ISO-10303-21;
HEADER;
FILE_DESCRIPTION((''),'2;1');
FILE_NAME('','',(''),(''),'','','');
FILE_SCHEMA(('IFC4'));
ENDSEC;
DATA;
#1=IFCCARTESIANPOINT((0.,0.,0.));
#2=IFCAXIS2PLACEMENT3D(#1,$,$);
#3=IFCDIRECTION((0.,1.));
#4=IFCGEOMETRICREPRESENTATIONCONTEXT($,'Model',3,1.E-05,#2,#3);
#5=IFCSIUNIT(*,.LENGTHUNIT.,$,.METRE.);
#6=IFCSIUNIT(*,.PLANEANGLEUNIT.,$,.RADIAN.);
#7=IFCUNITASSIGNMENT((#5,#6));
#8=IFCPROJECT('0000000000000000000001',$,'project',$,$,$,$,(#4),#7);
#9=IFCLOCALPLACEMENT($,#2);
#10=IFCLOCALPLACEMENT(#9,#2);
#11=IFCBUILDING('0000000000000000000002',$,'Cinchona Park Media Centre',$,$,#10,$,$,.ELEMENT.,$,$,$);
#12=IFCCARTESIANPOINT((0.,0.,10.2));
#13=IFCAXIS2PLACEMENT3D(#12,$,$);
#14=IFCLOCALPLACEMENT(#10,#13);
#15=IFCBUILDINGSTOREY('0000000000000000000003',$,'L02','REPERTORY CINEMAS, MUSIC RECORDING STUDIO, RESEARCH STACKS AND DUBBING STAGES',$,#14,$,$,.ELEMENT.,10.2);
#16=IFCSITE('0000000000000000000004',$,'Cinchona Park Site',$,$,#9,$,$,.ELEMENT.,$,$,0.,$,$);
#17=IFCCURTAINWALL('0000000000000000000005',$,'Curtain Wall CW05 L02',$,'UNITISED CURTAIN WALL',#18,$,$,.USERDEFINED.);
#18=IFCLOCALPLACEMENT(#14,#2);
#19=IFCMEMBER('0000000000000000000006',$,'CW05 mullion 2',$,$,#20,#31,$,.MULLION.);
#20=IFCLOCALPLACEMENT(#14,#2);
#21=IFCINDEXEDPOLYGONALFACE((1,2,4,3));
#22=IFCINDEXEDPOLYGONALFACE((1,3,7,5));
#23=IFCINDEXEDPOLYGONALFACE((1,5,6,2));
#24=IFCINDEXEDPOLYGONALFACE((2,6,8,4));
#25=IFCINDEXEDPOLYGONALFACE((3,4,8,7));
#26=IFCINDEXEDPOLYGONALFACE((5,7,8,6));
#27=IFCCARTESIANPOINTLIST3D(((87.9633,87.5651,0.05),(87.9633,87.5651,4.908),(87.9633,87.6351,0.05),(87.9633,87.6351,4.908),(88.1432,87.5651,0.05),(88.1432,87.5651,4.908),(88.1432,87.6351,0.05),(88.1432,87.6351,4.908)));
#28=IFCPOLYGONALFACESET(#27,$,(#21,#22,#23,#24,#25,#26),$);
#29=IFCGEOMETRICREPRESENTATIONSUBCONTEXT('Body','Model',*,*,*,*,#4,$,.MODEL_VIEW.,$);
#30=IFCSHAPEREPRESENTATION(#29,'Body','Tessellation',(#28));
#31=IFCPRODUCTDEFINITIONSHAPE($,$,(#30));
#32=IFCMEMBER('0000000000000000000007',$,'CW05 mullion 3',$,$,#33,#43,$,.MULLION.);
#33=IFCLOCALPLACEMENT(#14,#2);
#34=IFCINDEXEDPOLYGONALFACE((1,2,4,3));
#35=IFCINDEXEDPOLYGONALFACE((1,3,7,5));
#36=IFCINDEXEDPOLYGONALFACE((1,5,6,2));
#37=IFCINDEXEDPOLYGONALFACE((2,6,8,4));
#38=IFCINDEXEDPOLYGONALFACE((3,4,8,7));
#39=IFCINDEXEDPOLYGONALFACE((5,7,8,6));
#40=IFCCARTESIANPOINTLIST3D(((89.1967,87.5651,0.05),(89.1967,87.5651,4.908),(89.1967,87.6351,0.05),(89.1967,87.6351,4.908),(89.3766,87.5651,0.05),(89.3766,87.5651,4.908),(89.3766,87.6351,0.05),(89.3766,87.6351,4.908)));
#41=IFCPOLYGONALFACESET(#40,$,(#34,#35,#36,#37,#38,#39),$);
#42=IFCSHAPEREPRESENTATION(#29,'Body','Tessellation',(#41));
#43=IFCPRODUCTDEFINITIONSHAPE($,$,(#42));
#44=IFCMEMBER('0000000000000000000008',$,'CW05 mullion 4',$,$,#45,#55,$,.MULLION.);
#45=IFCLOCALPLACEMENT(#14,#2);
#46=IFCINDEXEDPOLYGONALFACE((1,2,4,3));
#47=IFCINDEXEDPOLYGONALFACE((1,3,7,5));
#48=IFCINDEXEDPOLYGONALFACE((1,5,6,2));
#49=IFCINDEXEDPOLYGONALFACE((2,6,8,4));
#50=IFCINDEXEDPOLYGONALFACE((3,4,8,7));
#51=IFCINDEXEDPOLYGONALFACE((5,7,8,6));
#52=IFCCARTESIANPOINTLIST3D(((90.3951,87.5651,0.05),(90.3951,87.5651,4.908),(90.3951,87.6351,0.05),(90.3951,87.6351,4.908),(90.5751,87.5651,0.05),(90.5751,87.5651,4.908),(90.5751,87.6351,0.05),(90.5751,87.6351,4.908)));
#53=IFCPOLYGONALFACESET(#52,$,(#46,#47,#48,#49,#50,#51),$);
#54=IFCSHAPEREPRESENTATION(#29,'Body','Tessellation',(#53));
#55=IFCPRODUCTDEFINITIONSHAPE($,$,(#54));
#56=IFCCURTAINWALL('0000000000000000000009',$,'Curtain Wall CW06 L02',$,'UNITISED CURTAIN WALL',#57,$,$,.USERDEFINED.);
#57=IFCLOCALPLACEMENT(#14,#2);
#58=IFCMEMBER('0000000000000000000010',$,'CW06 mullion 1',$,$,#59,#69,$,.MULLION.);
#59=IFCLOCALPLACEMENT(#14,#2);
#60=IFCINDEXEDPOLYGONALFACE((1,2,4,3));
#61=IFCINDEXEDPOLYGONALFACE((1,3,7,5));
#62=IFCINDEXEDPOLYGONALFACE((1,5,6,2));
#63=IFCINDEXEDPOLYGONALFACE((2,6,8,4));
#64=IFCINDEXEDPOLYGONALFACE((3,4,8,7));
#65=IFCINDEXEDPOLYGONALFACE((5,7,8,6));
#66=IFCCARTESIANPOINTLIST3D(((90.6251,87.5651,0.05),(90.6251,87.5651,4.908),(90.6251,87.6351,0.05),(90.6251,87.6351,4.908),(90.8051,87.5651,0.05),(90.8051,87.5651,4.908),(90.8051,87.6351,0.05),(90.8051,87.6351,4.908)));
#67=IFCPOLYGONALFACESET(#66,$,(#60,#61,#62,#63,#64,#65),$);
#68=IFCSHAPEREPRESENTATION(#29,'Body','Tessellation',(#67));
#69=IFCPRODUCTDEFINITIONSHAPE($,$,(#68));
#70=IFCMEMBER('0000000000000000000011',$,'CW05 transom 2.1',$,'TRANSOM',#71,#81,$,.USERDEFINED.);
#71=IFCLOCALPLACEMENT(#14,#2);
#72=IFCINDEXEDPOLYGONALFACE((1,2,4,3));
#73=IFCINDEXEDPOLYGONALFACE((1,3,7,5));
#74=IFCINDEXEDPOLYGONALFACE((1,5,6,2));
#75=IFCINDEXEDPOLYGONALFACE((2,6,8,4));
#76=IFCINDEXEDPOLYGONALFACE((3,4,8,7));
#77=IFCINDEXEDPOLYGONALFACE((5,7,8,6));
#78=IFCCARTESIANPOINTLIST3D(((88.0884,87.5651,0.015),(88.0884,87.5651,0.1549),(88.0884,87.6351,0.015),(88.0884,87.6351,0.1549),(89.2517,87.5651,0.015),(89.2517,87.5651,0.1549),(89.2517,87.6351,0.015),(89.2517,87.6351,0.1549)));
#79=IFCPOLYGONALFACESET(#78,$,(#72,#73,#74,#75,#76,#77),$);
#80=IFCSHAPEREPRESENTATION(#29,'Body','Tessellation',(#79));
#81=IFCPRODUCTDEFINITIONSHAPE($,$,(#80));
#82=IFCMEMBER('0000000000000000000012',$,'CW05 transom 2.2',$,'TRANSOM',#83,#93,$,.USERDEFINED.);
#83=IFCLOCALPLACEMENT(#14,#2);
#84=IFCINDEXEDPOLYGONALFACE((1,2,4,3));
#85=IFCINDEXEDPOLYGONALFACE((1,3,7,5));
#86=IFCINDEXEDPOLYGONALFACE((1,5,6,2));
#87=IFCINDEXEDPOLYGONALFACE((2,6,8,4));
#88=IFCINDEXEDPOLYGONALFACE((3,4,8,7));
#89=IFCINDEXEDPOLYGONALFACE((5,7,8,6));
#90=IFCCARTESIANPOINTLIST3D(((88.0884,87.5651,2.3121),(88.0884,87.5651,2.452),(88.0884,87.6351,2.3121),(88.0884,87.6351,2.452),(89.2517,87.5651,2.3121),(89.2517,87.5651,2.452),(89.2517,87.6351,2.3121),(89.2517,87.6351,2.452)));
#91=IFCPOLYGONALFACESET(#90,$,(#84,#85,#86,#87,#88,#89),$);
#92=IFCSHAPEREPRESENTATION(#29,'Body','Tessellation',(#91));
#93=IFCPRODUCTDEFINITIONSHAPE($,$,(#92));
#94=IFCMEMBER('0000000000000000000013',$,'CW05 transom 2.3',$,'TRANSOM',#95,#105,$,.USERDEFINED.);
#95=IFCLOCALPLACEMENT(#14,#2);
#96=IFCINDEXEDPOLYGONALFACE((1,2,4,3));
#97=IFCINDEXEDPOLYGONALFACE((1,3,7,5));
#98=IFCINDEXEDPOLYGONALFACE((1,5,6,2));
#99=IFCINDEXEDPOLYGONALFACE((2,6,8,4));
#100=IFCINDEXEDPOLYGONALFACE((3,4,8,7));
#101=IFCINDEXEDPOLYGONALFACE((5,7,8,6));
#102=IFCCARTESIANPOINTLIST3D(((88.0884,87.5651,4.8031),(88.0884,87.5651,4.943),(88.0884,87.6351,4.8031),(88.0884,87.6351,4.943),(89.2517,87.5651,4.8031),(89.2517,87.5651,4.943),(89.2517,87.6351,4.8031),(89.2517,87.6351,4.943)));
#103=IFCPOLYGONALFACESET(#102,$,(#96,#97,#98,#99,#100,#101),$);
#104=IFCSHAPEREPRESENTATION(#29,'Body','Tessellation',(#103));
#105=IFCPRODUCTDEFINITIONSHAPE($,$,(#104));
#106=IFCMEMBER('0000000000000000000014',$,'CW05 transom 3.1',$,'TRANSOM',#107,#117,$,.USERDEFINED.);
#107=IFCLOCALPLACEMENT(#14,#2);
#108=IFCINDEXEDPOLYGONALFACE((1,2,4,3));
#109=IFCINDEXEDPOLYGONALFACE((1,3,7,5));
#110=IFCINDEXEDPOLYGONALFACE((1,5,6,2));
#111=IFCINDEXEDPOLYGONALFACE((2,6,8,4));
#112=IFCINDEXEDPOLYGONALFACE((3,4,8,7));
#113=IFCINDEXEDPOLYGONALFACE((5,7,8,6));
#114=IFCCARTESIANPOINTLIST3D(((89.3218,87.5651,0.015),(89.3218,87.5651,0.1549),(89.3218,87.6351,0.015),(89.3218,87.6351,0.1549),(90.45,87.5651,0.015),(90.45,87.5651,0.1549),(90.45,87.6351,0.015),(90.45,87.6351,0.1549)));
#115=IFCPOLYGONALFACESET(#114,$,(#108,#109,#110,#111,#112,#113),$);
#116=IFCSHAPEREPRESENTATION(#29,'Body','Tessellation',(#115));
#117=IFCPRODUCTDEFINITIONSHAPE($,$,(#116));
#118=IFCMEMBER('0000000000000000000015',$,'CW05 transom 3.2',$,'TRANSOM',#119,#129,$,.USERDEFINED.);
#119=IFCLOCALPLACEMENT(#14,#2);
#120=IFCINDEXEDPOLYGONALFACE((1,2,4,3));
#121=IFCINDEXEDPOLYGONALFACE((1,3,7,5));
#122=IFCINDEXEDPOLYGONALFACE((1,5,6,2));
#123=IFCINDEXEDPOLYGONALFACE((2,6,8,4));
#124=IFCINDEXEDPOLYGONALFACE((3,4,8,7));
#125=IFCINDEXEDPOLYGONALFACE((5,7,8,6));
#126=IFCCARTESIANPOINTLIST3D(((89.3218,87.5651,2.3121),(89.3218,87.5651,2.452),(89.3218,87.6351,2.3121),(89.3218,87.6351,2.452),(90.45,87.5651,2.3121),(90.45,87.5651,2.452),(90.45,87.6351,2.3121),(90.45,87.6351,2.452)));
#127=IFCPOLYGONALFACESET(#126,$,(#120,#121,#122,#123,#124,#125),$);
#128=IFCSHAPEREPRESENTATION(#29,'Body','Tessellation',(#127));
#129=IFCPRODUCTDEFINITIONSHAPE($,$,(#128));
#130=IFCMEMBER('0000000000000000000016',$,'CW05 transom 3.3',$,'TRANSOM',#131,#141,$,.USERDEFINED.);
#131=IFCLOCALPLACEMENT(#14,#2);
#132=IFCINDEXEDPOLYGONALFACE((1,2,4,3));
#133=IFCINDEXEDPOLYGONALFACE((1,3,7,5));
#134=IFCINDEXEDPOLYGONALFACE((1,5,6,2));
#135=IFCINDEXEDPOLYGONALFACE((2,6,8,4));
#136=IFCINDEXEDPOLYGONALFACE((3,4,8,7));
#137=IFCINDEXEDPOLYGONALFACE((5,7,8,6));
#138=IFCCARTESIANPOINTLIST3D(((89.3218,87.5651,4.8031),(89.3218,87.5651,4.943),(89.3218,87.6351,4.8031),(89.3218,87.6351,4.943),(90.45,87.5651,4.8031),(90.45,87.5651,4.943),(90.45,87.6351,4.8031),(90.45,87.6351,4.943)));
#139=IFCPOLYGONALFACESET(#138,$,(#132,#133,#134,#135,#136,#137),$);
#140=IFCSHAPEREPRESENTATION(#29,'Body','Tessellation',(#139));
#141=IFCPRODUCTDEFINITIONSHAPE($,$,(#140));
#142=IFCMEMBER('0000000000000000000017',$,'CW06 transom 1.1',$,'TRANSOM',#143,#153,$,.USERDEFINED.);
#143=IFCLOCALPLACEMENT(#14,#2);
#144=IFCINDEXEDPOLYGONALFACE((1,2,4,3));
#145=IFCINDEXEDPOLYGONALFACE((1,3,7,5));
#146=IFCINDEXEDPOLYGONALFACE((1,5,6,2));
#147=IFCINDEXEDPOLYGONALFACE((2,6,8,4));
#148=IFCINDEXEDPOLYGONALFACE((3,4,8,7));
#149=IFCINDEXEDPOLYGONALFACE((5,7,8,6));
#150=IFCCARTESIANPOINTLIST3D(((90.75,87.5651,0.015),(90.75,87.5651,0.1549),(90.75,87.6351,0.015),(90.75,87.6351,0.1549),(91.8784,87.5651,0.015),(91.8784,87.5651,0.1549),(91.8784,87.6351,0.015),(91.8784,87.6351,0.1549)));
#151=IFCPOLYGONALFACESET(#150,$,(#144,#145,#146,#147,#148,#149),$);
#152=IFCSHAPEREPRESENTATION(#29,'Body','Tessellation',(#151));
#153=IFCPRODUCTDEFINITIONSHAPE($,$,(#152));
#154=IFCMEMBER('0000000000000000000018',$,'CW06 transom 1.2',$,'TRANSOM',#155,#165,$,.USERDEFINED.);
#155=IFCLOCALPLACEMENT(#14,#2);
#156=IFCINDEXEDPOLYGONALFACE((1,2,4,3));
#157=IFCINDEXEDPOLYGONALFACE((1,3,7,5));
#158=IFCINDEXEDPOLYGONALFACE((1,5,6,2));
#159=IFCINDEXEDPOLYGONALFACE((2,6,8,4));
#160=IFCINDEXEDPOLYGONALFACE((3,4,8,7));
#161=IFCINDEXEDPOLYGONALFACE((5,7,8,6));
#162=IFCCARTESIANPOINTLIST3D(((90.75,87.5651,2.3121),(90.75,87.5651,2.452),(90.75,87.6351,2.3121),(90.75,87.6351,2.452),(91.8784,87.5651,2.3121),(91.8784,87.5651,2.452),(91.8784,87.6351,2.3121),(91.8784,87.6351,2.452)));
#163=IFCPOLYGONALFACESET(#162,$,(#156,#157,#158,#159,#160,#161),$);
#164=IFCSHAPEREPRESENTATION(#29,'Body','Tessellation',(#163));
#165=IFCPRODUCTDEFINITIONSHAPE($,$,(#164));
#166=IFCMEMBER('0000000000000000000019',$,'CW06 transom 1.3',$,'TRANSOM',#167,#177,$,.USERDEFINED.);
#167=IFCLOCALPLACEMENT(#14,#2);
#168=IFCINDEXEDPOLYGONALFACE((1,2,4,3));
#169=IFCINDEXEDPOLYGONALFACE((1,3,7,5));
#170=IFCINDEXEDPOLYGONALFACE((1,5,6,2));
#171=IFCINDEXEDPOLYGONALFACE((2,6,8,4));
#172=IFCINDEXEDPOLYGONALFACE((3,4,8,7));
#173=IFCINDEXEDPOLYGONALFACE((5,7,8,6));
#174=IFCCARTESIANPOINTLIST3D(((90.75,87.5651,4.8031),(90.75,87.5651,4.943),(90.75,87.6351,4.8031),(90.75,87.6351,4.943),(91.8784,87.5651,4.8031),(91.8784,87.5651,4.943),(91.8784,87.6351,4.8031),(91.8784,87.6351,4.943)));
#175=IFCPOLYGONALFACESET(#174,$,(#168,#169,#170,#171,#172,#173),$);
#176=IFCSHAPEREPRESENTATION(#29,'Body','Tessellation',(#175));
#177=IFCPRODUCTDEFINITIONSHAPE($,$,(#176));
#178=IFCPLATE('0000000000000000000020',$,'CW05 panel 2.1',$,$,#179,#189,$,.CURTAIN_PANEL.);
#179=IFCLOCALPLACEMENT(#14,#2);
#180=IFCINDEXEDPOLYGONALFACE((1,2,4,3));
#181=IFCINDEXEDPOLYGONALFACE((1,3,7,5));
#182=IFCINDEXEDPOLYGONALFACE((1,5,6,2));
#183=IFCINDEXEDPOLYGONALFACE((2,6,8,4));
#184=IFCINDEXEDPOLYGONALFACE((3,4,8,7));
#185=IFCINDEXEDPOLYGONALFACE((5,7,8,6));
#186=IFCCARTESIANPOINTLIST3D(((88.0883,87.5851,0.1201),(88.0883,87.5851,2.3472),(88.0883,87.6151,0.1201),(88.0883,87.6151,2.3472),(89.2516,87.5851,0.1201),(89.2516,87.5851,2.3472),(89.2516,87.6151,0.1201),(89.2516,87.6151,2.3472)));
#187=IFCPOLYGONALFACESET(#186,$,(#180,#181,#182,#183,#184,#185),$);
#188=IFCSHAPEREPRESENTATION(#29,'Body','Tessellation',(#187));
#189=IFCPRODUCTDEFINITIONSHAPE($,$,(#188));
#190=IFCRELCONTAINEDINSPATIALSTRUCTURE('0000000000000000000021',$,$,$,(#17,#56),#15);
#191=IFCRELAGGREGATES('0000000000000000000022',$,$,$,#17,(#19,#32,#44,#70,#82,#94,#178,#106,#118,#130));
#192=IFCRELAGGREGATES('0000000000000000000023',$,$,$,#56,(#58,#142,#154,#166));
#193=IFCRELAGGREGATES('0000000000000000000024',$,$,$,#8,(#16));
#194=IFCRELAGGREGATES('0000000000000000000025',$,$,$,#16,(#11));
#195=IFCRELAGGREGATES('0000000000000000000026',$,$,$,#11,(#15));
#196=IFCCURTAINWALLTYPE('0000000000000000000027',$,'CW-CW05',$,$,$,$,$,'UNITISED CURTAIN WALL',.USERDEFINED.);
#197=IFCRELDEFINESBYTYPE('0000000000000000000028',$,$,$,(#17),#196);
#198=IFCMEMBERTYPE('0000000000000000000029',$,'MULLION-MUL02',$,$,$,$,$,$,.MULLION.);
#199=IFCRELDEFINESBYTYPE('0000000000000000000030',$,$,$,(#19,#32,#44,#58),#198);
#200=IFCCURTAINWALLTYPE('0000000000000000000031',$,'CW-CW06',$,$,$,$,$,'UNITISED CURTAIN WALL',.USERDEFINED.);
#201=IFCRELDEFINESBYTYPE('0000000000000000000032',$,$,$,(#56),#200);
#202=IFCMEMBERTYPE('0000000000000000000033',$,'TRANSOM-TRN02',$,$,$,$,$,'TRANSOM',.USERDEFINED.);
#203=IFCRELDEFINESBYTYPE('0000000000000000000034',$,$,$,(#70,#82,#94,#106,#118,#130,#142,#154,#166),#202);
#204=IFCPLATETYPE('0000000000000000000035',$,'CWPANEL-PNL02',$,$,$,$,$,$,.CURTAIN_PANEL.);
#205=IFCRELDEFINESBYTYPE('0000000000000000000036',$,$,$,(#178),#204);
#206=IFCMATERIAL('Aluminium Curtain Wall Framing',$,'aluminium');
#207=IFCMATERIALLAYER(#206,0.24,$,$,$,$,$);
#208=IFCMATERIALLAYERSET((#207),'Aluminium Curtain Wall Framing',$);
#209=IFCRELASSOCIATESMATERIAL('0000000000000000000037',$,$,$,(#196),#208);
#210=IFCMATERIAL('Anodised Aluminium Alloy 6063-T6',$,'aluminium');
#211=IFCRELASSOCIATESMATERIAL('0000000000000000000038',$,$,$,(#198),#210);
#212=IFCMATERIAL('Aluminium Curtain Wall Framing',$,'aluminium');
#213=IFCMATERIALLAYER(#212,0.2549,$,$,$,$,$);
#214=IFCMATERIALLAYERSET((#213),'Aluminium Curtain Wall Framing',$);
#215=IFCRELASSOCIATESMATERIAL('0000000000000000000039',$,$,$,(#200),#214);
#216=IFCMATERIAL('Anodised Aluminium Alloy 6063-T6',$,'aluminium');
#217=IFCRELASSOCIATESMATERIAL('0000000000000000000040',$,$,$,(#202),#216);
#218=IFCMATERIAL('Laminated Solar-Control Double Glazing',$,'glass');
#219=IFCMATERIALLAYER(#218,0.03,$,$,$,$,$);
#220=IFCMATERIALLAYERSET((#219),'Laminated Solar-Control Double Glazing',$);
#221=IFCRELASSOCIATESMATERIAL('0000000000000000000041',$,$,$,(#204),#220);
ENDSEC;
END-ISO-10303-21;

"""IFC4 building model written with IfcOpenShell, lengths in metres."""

from ifc_helpers import new_model, si_unit, direction, frame, origin, origin_2d, place, context, subcontext, project, spatial, rectangle, extrude, material, layer, layer_set, material_profile, profile_set, type_object, element, aggregate, save


model = new_model("IFC4")

# Units and contexts
model_context = context("Model", 3, precision=1e-05, world=origin(), true_north=direction((0.0, 1.0)))
body_context = subcontext(model_context, "Body", "Model", "MODEL_VIEW")
ifc_project = project(units=[si_unit("LENGTHUNIT", "METRE"), si_unit("PLANEANGLEUNIT", "RADIAN")], contexts=[model_context])

# Site, building, storey
site_placement = place(None, origin())
site = spatial("IfcSite", under=ifc_project, at=site_placement, Name="Cinchona Park Site", CompositionType="ELEMENT", RefElevation=0.0)
building_placement = place(site_placement, origin())
building = spatial("IfcBuilding", under=site, at=building_placement, Name="Cinchona Park Media Centre", CompositionType="ELEMENT")
storey_placement = place(building_placement, frame((0.0, 0.0, 10.2)))
storey = spatial("IfcBuildingStorey", under=building, at=storey_placement, Name="L02", Description="REPERTORY CINEMAS, MUSIC RECORDING STUDIO, RESEARCH STACKS AND DUBBING STAGES", CompositionType="ELEMENT", Elevation=10.2)

# Curtain wall, members
ifc_material_1 = material(Name="Aluminium Curtain Wall Framing", Category="aluminium")
ifc_layer_1 = layer(ifc_material_1, 0.24)
ifc_layer_set_1 = layer_set([ifc_layer_1], Name="Aluminium Curtain Wall Framing")
curtain_wall_type_1 = type_object("IfcCurtainWallType", Name="CW-CW05", ElementType="UNITISED CURTAIN WALL", PredefinedType="USERDEFINED", material=ifc_layer_set_1)
curtain_wall_1_placement = place(storey_placement, origin())
curtain_wall_1 = element("IfcCurtainWall", 1, at=curtain_wall_1_placement, inside=storey, type_object=curtain_wall_type_1, Name="Curtain Wall CW05 L02", ObjectType="UNITISED CURTAIN WALL", PredefinedType="USERDEFINED")
ifc_material_2 = material(Name="Anodised Aluminium Alloy 6063-T6", Category="aluminium")
ifc_material_profile_1 = material_profile(ifc_material_2, rectangle(XDim=0.0701, YDim=0.1799, at=origin_2d()), Name="MUL-70X180")
ifc_profile_set_1 = profile_set([ifc_material_profile_1], Name="Anodised Aluminium Alloy 6063-T6")
member_type_1 = type_object("IfcMemberType", Name="MULLION-MUL02", PredefinedType="MULLION", material=ifc_profile_set_1)
member_1_placement = place(storey_placement, frame((88.0532, 87.6001, 0.05), z_axis=(0.0, 0.0, 1.0), x_axis=(0.0, 1.0, 0.0)))
member_1 = element("IfcMember", 2, at=member_1_placement, type_object=member_type_1, Name="CW05 mullion 2", PredefinedType="MULLION", context=body_context, shape_type="SweptSolid", body=[
    extrude(rectangle(XDim=0.0701, YDim=0.1799, at=origin_2d()), origin(), (0.0, 0.0, 1.0), 4.8579),
])
member_2_placement = place(storey_placement, frame((89.2866, 87.6001, 0.05), z_axis=(0.0, 0.0, 1.0), x_axis=(0.0, 1.0, 0.0)))
member_2 = element("IfcMember", 3, at=member_2_placement, type_object=member_type_1, Name="CW05 mullion 3", PredefinedType="MULLION", context=body_context, shape_type="SweptSolid", body=[
    extrude(rectangle(XDim=0.0701, YDim=0.1799, at=origin_2d()), origin(), (0.0, 0.0, 1.0), 4.8579),
])
member_3_placement = place(storey_placement, frame((90.4851, 87.6001, 0.05), z_axis=(0.0, 0.0, 1.0), x_axis=(0.0, 1.0, 0.0)))
member_3 = element("IfcMember", 4, at=member_3_placement, type_object=member_type_1, Name="CW05 mullion 4", PredefinedType="MULLION", context=body_context, shape_type="SweptSolid", body=[
    extrude(rectangle(XDim=0.0701, YDim=0.1799, at=origin_2d()), origin(), (0.0, 0.0, 1.0), 4.8579),
])

# Curtain wall, member
ifc_material_3 = material(Name="Aluminium Curtain Wall Framing", Category="aluminium")
ifc_layer_2 = layer(ifc_material_3, 0.2549)
ifc_layer_set_2 = layer_set([ifc_layer_2], Name="Aluminium Curtain Wall Framing")
curtain_wall_type_2 = type_object("IfcCurtainWallType", Name="CW-CW06", ElementType="UNITISED CURTAIN WALL", PredefinedType="USERDEFINED", material=ifc_layer_set_2)
curtain_wall_2_placement = place(storey_placement, origin())
curtain_wall_2 = element("IfcCurtainWall", 5, at=curtain_wall_2_placement, inside=storey, type_object=curtain_wall_type_2, Name="Curtain Wall CW06 L02", ObjectType="UNITISED CURTAIN WALL", PredefinedType="USERDEFINED")
member_4_placement = place(storey_placement, frame((90.7151, 87.6001, 0.05), z_axis=(0.0, 0.0, 1.0), x_axis=(0.0, 1.0, 0.0)))
member_4 = element("IfcMember", 6, at=member_4_placement, type_object=member_type_1, Name="CW06 mullion 1", PredefinedType="MULLION", context=body_context, shape_type="SweptSolid", body=[
    extrude(rectangle(XDim=0.0701, YDim=0.1799, at=origin_2d()), origin(), (0.0, 0.0, 1.0), 4.8579),
])

# Members
ifc_material_4 = material(Name="Anodised Aluminium Alloy 6063-T6", Category="aluminium")
ifc_material_profile_2 = material_profile(ifc_material_4, rectangle(XDim=0.0701, YDim=0.1399, at=origin_2d()), Name="TRN-70X140")
ifc_profile_set_2 = profile_set([ifc_material_profile_2], Name="Anodised Aluminium Alloy 6063-T6")
member_type_2 = type_object("IfcMemberType", Name="TRANSOM-TRN02", ElementType="TRANSOM", PredefinedType="USERDEFINED", material=ifc_profile_set_2)
member_5_placement = place(storey_placement, frame((88.0884, 87.6001, 0.085), z_axis=(1.0, 0.0, 0.0), x_axis=(0.0, 1.0, 0.0)))
member_5 = element("IfcMember", 7, at=member_5_placement, type_object=member_type_2, Name="CW05 transom 2.1", ObjectType="TRANSOM", PredefinedType="USERDEFINED", context=body_context, shape_type="SweptSolid", body=[
    extrude(rectangle(XDim=0.0701, YDim=0.1399, at=origin_2d()), origin(), (0.0, 0.0, 1.0), 1.1633),
])
member_6_placement = place(storey_placement, frame((88.0884, 87.6001, 2.3821), z_axis=(1.0, 0.0, 0.0), x_axis=(0.0, 1.0, 0.0)))
member_6 = element("IfcMember", 8, at=member_6_placement, type_object=member_type_2, Name="CW05 transom 2.2", ObjectType="TRANSOM", PredefinedType="USERDEFINED", context=body_context, shape_type="SweptSolid", body=[
    extrude(rectangle(XDim=0.0701, YDim=0.1399, at=origin_2d()), origin(), (0.0, 0.0, 1.0), 1.1633),
])
member_7_placement = place(storey_placement, frame((88.0884, 87.6001, 4.873), z_axis=(1.0, 0.0, 0.0), x_axis=(0.0, 1.0, 0.0)))
member_7 = element("IfcMember", 9, at=member_7_placement, type_object=member_type_2, Name="CW05 transom 2.3", ObjectType="TRANSOM", PredefinedType="USERDEFINED", context=body_context, shape_type="SweptSolid", body=[
    extrude(rectangle(XDim=0.0701, YDim=0.1399, at=origin_2d()), origin(), (0.0, 0.0, 1.0), 1.1633),
])
member_8_placement = place(storey_placement, frame((89.3218, 87.6001, 0.085), z_axis=(1.0, 0.0, 0.0), x_axis=(0.0, 1.0, 0.0)))
member_8 = element("IfcMember", 10, at=member_8_placement, type_object=member_type_2, Name="CW05 transom 3.1", ObjectType="TRANSOM", PredefinedType="USERDEFINED", context=body_context, shape_type="SweptSolid", body=[
    extrude(rectangle(XDim=0.0701, YDim=0.1399, at=origin_2d()), origin(), (0.0, 0.0, 1.0), 1.1282),
])
member_9_placement = place(storey_placement, frame((89.3218, 87.6001, 2.3821), z_axis=(1.0, 0.0, 0.0), x_axis=(0.0, 1.0, 0.0)))
member_9 = element("IfcMember", 11, at=member_9_placement, type_object=member_type_2, Name="CW05 transom 3.2", ObjectType="TRANSOM", PredefinedType="USERDEFINED", context=body_context, shape_type="SweptSolid", body=[
    extrude(rectangle(XDim=0.0701, YDim=0.1399, at=origin_2d()), origin(), (0.0, 0.0, 1.0), 1.1282),
])
member_10_placement = place(storey_placement, frame((89.3218, 87.6001, 4.873), z_axis=(1.0, 0.0, 0.0), x_axis=(0.0, 1.0, 0.0)))
member_10 = element("IfcMember", 12, at=member_10_placement, type_object=member_type_2, Name="CW05 transom 3.3", ObjectType="TRANSOM", PredefinedType="USERDEFINED", context=body_context, shape_type="SweptSolid", body=[
    extrude(rectangle(XDim=0.0701, YDim=0.1399, at=origin_2d()), origin(), (0.0, 0.0, 1.0), 1.1282),
])
member_11_placement = place(storey_placement, frame((90.75, 87.6001, 0.085), z_axis=(1.0, 0.0, 0.0), x_axis=(0.0, 1.0, 0.0)))
member_11 = element("IfcMember", 13, at=member_11_placement, type_object=member_type_2, Name="CW06 transom 1.1", ObjectType="TRANSOM", PredefinedType="USERDEFINED", context=body_context, shape_type="SweptSolid", body=[
    extrude(rectangle(XDim=0.0701, YDim=0.1399, at=origin_2d()), origin(), (0.0, 0.0, 1.0), 1.1284),
])
member_12_placement = place(storey_placement, frame((90.75, 87.6001, 2.3821), z_axis=(1.0, 0.0, 0.0), x_axis=(0.0, 1.0, 0.0)))
member_12 = element("IfcMember", 14, at=member_12_placement, type_object=member_type_2, Name="CW06 transom 1.2", ObjectType="TRANSOM", PredefinedType="USERDEFINED", context=body_context, shape_type="SweptSolid", body=[
    extrude(rectangle(XDim=0.0701, YDim=0.1399, at=origin_2d()), origin(), (0.0, 0.0, 1.0), 1.1284),
])
member_13_placement = place(storey_placement, frame((90.75, 87.6001, 4.873), z_axis=(1.0, 0.0, 0.0), x_axis=(0.0, 1.0, 0.0)))
member_13 = element("IfcMember", 15, at=member_13_placement, type_object=member_type_2, Name="CW06 transom 1.3", ObjectType="TRANSOM", PredefinedType="USERDEFINED", context=body_context, shape_type="SweptSolid", body=[
    extrude(rectangle(XDim=0.0701, YDim=0.1399, at=origin_2d()), origin(), (0.0, 0.0, 1.0), 1.1284),
])

# Plate
ifc_material_5 = material(Name="Laminated Solar-Control Double Glazing", Category="glass")
ifc_layer_3 = layer(ifc_material_5, 0.03)
ifc_layer_set_3 = layer_set([ifc_layer_3], Name="Laminated Solar-Control Double Glazing")
plate_type_1 = type_object("IfcPlateType", Name="CWPANEL-PNL02", PredefinedType="CURTAIN_PANEL", material=ifc_layer_set_3)
plate_1_placement = place(storey_placement, frame((88.6699, 87.6001, 0.1201), z_axis=(0.0, 0.0, 1.0), x_axis=(1.0, 0.0, 0.0)))
plate_1 = element("IfcPlate", 16, at=plate_1_placement, type_object=plate_type_1, Name="CW05 panel 2.1", PredefinedType="CURTAIN_PANEL", context=body_context, shape_type="SweptSolid", body=[
    extrude(rectangle(XDim=1.1633, YDim=0.03, at=origin_2d()), origin(), (0.0, 0.0, 1.0), 2.2271),
])
aggregate(curtain_wall_1, [member_1, member_2, member_3, member_5, member_6, member_7, plate_1, member_8, member_9, member_10])
aggregate(curtain_wall_2, [member_4, member_11, member_12, member_13])

save(model, "model.ifc")
